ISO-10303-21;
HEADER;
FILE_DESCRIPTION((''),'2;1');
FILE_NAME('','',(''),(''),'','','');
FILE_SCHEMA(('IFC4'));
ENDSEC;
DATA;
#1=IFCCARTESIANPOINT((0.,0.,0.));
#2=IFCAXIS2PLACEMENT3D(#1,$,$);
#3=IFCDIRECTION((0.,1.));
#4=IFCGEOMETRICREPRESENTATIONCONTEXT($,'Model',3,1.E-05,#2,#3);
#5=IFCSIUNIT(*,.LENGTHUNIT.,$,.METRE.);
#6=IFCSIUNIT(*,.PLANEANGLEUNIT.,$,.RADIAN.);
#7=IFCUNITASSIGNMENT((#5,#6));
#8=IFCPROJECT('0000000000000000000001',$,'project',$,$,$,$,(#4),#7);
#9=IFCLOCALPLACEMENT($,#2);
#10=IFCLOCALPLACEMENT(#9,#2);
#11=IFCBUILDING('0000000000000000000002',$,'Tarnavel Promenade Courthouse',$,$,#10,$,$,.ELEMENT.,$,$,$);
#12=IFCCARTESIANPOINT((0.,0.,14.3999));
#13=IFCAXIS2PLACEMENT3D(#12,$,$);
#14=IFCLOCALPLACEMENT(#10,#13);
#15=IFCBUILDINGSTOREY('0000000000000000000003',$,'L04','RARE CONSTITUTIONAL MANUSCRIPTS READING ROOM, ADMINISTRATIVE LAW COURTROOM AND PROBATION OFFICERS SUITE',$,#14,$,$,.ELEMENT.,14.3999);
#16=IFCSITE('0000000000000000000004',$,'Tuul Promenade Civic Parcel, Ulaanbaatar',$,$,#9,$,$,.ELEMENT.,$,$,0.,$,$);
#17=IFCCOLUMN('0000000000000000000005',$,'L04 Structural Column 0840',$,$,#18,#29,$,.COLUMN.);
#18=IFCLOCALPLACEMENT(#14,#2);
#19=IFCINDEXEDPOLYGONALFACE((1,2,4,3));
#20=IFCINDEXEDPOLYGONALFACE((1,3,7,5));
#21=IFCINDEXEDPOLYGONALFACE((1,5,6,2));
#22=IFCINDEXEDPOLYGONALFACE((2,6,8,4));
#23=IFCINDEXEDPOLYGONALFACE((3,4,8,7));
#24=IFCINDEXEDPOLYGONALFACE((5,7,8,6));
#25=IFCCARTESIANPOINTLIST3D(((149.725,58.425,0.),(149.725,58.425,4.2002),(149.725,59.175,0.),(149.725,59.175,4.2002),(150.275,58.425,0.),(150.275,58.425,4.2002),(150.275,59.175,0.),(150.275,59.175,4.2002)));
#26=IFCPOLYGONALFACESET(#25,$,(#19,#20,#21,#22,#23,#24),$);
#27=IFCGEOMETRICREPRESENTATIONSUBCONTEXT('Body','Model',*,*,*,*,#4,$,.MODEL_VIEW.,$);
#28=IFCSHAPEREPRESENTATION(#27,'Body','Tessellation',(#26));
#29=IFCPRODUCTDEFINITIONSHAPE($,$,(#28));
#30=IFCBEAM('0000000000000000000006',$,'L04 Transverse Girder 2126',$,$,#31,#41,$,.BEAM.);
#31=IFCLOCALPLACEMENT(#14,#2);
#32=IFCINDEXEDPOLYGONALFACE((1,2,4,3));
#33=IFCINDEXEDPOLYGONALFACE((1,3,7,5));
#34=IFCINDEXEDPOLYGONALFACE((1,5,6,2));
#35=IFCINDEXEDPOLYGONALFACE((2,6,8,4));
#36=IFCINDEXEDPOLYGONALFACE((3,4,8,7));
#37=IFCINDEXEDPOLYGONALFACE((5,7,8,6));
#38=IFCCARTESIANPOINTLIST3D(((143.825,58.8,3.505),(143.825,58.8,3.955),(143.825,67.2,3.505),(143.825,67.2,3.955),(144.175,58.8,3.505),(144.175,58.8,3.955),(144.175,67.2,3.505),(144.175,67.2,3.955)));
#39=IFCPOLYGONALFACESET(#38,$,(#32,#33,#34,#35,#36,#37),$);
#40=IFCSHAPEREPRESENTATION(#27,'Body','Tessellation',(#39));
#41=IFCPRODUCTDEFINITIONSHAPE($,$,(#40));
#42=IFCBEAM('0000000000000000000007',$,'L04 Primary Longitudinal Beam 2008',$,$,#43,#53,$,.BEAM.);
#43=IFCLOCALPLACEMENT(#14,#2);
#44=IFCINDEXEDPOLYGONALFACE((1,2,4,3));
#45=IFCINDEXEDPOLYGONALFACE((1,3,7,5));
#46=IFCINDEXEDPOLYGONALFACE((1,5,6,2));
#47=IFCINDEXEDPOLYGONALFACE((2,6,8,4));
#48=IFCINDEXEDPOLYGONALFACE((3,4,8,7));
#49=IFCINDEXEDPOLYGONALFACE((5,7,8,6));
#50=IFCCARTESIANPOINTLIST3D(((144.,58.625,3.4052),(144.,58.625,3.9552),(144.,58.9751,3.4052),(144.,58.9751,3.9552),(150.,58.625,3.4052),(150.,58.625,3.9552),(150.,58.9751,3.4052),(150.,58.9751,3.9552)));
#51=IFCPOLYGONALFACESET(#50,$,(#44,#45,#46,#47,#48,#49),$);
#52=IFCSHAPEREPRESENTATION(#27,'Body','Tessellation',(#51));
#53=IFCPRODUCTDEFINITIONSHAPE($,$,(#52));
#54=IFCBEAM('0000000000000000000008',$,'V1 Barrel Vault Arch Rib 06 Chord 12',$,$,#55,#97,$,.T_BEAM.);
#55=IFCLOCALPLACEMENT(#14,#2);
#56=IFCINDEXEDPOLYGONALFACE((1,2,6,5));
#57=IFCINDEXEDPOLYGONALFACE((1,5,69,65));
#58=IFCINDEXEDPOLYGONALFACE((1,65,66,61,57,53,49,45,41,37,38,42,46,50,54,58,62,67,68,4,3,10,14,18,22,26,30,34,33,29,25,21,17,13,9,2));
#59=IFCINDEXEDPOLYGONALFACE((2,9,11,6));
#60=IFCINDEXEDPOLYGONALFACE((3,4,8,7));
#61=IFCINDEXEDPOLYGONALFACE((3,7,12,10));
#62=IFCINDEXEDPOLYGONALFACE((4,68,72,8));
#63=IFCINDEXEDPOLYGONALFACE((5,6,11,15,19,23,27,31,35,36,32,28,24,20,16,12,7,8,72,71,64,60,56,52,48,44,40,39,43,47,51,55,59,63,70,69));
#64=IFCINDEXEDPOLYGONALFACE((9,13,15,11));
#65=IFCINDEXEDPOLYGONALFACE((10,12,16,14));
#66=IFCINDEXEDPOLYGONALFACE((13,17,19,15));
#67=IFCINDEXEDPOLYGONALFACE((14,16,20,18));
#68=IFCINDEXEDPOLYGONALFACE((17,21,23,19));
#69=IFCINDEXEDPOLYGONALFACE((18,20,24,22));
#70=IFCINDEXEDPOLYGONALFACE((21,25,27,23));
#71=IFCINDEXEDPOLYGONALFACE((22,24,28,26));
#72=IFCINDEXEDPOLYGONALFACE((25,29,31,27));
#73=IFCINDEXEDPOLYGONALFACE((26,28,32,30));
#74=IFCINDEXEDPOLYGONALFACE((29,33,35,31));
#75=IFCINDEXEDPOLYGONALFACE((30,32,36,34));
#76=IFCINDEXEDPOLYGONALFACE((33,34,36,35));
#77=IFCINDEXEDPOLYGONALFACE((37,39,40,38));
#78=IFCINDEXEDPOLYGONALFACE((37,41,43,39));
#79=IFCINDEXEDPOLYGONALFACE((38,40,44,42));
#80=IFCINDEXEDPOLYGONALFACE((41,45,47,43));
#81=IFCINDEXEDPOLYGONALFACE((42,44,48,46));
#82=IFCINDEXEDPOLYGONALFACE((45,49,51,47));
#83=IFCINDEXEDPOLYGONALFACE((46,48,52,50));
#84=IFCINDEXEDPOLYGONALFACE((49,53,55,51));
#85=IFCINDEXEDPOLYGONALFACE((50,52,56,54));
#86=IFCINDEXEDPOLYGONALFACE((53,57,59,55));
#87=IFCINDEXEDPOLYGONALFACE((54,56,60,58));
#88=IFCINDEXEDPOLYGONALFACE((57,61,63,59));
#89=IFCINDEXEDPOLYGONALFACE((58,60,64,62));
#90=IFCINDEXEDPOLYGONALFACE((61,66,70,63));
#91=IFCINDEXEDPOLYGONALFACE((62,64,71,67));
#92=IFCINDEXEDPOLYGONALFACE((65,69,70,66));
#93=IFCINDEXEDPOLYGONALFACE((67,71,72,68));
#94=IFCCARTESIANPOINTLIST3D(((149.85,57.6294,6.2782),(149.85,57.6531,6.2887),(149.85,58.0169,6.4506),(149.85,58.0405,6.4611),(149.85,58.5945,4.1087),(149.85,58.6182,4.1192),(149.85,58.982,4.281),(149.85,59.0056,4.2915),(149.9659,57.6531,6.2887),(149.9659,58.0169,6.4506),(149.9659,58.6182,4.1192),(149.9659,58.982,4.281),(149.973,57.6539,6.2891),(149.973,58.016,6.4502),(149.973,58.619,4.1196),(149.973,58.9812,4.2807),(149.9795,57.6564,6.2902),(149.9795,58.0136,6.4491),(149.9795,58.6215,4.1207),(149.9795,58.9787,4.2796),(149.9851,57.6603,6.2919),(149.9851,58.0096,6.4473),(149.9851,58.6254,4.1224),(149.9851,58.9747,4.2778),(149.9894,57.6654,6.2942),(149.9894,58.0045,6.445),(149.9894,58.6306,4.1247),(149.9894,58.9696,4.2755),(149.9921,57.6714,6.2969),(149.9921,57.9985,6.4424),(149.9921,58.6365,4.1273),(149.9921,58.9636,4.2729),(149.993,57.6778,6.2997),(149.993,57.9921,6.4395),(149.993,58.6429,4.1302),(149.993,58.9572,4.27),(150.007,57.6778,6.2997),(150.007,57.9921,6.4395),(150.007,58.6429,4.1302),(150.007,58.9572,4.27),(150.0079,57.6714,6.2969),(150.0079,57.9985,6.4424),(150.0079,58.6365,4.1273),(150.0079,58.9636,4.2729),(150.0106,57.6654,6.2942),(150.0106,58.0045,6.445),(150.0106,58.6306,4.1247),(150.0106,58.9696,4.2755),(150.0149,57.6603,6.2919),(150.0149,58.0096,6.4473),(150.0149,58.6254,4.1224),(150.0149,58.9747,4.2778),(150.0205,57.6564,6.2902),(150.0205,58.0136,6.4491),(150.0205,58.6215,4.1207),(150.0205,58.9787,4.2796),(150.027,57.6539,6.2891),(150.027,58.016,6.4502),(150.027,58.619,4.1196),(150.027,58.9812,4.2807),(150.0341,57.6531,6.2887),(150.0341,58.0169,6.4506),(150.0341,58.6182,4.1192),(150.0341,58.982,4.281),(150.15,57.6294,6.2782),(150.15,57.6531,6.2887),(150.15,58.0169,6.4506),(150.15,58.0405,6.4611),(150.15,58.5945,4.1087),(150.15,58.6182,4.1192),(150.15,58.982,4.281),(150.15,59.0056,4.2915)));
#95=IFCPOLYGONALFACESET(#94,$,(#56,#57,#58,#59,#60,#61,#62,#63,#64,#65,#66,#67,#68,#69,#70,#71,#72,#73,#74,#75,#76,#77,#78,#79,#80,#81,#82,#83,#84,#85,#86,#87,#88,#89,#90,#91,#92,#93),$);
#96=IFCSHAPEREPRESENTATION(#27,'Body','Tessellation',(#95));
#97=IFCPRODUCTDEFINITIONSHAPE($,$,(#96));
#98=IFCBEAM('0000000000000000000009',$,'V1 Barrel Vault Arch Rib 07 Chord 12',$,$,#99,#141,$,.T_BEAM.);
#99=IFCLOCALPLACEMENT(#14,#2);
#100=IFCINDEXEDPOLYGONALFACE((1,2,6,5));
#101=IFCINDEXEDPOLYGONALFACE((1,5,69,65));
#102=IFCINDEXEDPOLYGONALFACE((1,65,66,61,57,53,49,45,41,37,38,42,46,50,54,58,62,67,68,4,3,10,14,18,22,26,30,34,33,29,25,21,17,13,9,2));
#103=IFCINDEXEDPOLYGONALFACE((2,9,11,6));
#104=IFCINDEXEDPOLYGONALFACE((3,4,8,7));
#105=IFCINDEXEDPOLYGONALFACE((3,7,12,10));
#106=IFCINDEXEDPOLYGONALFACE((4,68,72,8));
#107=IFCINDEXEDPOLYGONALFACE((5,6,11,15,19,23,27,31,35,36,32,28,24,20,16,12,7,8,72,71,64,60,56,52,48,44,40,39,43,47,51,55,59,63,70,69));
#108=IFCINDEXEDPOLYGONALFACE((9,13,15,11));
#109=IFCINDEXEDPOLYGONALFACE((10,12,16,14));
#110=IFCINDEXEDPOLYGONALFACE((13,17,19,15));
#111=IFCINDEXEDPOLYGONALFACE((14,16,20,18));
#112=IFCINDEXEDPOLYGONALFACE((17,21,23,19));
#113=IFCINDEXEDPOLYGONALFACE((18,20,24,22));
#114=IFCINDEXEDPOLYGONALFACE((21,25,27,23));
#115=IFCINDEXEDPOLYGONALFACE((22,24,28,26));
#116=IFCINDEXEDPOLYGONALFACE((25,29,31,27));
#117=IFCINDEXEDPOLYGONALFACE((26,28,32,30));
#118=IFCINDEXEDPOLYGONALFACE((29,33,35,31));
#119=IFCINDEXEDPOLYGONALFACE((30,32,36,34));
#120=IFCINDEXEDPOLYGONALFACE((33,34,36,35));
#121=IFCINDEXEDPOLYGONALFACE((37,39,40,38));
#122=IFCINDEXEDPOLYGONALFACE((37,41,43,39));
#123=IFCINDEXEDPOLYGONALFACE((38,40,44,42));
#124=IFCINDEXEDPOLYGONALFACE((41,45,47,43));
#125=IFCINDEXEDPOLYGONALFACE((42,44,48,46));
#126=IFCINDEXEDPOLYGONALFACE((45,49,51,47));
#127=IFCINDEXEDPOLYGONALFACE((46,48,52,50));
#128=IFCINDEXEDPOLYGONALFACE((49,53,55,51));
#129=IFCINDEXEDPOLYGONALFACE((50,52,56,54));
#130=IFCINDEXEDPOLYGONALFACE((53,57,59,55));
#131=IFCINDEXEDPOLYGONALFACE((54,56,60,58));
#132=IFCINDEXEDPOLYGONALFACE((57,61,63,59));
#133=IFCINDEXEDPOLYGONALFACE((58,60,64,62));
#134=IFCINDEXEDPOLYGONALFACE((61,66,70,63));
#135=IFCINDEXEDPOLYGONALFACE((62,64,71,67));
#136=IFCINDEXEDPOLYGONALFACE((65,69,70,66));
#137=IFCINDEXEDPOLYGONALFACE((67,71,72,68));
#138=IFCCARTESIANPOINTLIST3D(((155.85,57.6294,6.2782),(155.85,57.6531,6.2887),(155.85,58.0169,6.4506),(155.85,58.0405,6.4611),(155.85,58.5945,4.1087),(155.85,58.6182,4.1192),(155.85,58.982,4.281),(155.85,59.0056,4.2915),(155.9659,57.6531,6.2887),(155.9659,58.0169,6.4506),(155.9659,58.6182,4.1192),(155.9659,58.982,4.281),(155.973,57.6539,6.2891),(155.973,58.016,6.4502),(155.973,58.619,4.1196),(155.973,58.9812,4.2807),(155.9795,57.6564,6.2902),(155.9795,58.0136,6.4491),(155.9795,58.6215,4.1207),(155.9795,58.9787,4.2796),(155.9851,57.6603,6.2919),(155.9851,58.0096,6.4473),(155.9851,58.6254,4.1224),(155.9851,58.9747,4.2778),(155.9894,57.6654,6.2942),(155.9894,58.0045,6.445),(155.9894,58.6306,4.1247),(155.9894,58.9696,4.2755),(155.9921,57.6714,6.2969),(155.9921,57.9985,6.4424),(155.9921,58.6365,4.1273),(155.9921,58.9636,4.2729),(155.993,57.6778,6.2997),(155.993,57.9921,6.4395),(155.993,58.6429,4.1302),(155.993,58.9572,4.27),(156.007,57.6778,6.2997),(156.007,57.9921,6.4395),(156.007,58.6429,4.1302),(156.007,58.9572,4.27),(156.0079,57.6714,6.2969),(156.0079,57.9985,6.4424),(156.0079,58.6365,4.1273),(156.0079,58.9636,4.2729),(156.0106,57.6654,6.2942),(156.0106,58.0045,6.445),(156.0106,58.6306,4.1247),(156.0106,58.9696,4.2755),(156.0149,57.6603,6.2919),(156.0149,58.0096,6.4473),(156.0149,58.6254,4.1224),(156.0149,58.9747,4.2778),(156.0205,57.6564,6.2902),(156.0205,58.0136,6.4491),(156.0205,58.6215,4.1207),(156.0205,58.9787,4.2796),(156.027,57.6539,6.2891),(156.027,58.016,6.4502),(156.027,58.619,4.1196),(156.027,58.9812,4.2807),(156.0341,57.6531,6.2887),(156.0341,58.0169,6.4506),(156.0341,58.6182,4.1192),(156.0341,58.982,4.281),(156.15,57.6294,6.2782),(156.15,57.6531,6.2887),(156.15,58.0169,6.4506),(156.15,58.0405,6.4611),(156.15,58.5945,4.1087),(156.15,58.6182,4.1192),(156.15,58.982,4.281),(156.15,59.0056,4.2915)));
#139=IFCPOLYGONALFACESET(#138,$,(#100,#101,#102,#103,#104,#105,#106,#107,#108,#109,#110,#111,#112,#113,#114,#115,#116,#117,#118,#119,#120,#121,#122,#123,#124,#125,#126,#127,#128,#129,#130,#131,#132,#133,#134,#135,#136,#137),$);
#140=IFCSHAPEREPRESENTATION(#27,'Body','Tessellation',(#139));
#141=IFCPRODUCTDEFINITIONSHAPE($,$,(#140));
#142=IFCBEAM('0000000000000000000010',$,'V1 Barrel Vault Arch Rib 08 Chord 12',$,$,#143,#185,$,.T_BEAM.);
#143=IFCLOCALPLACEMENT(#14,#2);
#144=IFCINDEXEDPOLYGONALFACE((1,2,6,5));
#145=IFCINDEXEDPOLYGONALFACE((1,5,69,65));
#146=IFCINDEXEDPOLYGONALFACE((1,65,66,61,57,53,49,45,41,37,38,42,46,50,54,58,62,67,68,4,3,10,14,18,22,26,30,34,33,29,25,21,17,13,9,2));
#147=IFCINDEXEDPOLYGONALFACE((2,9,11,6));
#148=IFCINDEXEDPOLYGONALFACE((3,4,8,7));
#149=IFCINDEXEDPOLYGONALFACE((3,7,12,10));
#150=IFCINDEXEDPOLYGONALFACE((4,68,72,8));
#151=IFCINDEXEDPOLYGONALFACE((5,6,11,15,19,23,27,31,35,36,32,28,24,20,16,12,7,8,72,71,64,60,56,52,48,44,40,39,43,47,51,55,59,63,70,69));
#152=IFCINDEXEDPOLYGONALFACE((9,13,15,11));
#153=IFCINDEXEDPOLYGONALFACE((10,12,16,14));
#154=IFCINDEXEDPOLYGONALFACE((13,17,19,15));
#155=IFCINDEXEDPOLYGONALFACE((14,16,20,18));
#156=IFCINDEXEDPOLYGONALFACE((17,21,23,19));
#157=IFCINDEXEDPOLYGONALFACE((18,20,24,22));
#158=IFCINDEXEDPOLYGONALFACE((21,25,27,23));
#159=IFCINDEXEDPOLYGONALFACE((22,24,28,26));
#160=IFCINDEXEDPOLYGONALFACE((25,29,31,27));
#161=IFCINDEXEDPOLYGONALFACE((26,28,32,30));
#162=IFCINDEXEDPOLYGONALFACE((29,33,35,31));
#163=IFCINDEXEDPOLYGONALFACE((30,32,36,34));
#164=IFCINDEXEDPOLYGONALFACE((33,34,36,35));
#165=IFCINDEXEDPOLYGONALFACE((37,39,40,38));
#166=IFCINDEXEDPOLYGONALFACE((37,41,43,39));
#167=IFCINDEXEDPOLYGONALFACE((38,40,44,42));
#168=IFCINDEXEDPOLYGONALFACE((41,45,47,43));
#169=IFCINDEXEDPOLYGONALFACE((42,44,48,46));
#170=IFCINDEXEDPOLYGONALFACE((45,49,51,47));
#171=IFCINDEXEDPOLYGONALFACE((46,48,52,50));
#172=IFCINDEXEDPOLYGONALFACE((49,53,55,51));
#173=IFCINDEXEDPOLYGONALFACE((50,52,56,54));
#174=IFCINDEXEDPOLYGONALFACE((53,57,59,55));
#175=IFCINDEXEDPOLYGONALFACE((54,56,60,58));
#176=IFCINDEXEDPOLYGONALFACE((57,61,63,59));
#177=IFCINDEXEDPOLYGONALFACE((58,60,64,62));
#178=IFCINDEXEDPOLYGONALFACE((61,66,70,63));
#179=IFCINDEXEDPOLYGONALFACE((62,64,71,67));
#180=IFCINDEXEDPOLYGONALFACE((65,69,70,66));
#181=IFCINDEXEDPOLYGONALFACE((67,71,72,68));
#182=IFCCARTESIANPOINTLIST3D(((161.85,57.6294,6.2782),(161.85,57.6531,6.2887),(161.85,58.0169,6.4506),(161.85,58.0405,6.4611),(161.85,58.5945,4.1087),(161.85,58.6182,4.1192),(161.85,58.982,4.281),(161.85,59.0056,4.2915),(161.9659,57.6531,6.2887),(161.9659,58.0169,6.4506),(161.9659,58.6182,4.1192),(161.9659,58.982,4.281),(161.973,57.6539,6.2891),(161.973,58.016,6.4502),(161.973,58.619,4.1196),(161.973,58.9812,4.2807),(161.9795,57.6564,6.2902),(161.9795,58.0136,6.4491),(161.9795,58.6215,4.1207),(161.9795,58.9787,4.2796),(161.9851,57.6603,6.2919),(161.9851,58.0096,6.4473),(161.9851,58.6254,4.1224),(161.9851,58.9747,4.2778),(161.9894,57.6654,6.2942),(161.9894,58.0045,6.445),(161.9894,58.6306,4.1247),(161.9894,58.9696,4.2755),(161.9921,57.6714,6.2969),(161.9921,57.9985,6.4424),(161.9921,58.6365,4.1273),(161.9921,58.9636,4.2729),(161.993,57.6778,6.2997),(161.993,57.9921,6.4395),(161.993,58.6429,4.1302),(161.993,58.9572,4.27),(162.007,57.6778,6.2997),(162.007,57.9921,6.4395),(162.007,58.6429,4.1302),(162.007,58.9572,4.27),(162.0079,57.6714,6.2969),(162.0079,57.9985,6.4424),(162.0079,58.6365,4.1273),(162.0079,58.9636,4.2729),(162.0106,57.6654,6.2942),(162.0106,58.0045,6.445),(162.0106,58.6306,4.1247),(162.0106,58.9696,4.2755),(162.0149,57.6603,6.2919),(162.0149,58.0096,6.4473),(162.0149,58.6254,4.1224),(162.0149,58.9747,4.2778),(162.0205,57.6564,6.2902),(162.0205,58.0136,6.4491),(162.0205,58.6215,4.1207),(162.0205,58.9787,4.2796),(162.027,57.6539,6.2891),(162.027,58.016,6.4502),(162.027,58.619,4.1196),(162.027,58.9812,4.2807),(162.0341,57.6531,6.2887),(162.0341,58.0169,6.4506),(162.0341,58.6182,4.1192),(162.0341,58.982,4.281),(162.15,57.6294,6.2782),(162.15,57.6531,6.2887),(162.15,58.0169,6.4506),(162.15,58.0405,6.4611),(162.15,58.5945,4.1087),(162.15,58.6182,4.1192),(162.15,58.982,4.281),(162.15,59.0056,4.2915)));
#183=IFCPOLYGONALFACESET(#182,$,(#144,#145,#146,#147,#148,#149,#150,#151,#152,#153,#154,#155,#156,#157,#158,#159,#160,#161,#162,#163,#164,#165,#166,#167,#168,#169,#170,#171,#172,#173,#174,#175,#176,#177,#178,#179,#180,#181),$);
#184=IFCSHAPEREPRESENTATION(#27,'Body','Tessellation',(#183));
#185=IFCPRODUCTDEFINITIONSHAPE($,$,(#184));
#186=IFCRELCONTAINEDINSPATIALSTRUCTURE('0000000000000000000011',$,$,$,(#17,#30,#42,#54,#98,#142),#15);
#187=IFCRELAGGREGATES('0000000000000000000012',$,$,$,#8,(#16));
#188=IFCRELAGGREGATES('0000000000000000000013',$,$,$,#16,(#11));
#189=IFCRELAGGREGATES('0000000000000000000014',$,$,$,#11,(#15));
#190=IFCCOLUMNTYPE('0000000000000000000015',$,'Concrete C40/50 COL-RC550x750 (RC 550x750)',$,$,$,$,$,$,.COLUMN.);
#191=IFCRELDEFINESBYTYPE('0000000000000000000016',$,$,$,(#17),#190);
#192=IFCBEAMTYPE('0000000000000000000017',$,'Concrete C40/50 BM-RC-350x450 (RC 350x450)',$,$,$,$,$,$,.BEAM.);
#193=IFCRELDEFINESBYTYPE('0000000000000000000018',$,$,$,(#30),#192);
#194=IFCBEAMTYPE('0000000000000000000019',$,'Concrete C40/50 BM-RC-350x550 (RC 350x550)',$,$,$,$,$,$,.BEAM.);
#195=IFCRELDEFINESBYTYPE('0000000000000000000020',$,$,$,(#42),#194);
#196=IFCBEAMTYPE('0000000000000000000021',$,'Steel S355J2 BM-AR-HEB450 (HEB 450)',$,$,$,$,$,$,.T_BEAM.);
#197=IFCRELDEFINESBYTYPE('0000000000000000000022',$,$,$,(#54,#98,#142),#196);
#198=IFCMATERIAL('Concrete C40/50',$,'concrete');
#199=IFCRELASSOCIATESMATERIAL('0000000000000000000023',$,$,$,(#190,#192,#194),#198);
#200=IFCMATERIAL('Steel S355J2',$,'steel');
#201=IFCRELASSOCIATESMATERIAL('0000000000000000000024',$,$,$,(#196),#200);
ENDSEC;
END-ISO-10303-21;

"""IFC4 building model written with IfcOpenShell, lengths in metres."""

from ifc_helpers import new_model, si_unit, direction, frame, origin, origin_2d, place, context, subcontext, project, spatial, rectangle, i_section, extrude, material, material_profile, profile_set, type_object, element, save


model = new_model("IFC4")

# Units and contexts
model_context = context("Model", 3, precision=1e-05, world=origin(), true_north=direction((0.0, 1.0)))
body_context = subcontext(model_context, "Body", "Model", "MODEL_VIEW")
ifc_project = project(units=[si_unit("LENGTHUNIT", "METRE"), si_unit("PLANEANGLEUNIT", "RADIAN")], contexts=[model_context])

# Site, building, storey
site_placement = place(None, origin())
site = spatial("IfcSite", under=ifc_project, at=site_placement, Name="Tuul Promenade Civic Parcel, Ulaanbaatar", CompositionType="ELEMENT", RefElevation=0.0)
building_placement = place(site_placement, origin())
building = spatial("IfcBuilding", under=site, at=building_placement, Name="Tarnavel Promenade Courthouse", CompositionType="ELEMENT")
storey_placement = place(building_placement, frame((0.0, 0.0, 14.3999)))
storey = spatial("IfcBuildingStorey", under=building, at=storey_placement, Name="L04", Description="RARE CONSTITUTIONAL MANUSCRIPTS READING ROOM, ADMINISTRATIVE LAW COURTROOM AND PROBATION OFFICERS SUITE", CompositionType="ELEMENT", Elevation=14.3999)

# Column
ifc_material_1 = material(Name="Concrete C40/50", Category="concrete")
ifc_material_profile_1 = material_profile(ifc_material_1, rectangle(XDim=0.55, YDim=0.75, at=origin_2d()), Name="RC 550x750")
ifc_profile_set_1 = profile_set([ifc_material_profile_1], Name="Concrete C40/50")
column_type = type_object("IfcColumnType", Name="Concrete C40/50 COL-RC550x750 (RC 550x750)", PredefinedType="COLUMN", material=ifc_profile_set_1)
column_placement = place(storey_placement, frame((150.0, 58.8, 0.0), z_axis=(0.0, 0.0, 1.0), x_axis=(1.0, 0.0, 0.0)))
element("IfcColumn", 1, at=column_placement, inside=storey, type_object=column_type, Name="L04 Structural Column 0840", PredefinedType="COLUMN", context=body_context, shape_type="SweptSolid", body=[
    extrude(rectangle(XDim=0.55, YDim=0.75, at=origin_2d()), origin(), (0.0, 0.0, 1.0), 4.2002),
])

# Beams
ifc_material_profile_2 = material_profile(ifc_material_1, rectangle(XDim=0.3501, YDim=0.45, at=origin_2d()), Name="RC 350x450")
ifc_profile_set_2 = profile_set([ifc_material_profile_2], Name="Concrete C40/50")
beam_type_1 = type_object("IfcBeamType", Name="Concrete C40/50 BM-RC-350x450 (RC 350x450)", PredefinedType="BEAM", material=ifc_profile_set_2)
beam_1_placement = place(storey_placement, frame((144.0, 58.8, 3.73), z_axis=(0.0, 1.0, 0.0), x_axis=(-1.0, 0.0, 0.0)))
element("IfcBeam", 2, at=beam_1_placement, inside=storey, type_object=beam_type_1, Name="L04 Transverse Girder 2126", PredefinedType="BEAM", context=body_context, shape_type="SweptSolid", body=[
    extrude(rectangle(XDim=0.3501, YDim=0.45, at=origin_2d()), origin(), (0.0, 0.0, 1.0), 8.3999),
])
ifc_material_profile_3 = material_profile(ifc_material_1, rectangle(XDim=0.3501, YDim=0.55, at=origin_2d()), Name="RC 350x550")
ifc_profile_set_3 = profile_set([ifc_material_profile_3], Name="Concrete C40/50")
beam_type_2 = type_object("IfcBeamType", Name="Concrete C40/50 BM-RC-350x550 (RC 350x550)", PredefinedType="BEAM", material=ifc_profile_set_3)
beam_2_placement = place(storey_placement, frame((144.0, 58.8, 3.6802), z_axis=(1.0, 0.0, 0.0), x_axis=(0.0, 1.0, 0.0)))
element("IfcBeam", 3, at=beam_2_placement, inside=storey, type_object=beam_type_2, Name="L04 Primary Longitudinal Beam 2008", PredefinedType="BEAM", context=body_context, shape_type="SweptSolid", body=[
    extrude(rectangle(XDim=0.3501, YDim=0.55, at=origin_2d()), origin(), (0.0, 0.0, 1.0), 6.0),
])
ifc_material_2 = material(Name="Steel S355J2", Category="steel")
ifc_material_profile_4 = material_profile(ifc_material_2, i_section(OverallWidth=0.3, OverallDepth=0.45, WebThickness=0.0139, FlangeThickness=0.0259, FilletRadius=0.0271, at=origin_2d()), Name="HEB 450")
ifc_profile_set_4 = profile_set([ifc_material_profile_4], Name="Steel S355J2")
beam_type_3 = type_object("IfcBeamType", Name="Steel S355J2 BM-AR-HEB450 (HEB 450)", PredefinedType="T_BEAM", material=ifc_profile_set_4)
for number, where, z_axis, x_axis, name in (
    (4, (150.0, 57.835, 6.3696), (0.0, 0.406453, -0.913672), (-1.0, 0.0, 0.0), "V1 Barrel Vault Arch Rib 06 Chord 12"),
    (5, (156.0, 57.835, 6.3696), (0.0, 0.406453, -0.913672), (-1.0, 0.0, 0.0), "V1 Barrel Vault Arch Rib 07 Chord 12"),
    (6, (162.0, 57.835, 6.3696), (0.0, 0.406453, -0.913672), (-1.0, 0.0, 0.0), "V1 Barrel Vault Arch Rib 08 Chord 12"),
):
    element("IfcBeam", number, at=place(storey_placement, frame(where, z_axis=z_axis, x_axis=x_axis)), inside=storey, type_object=beam_type_3, Name=name, PredefinedType="T_BEAM", context=body_context, shape_type="SweptSolid", body=[
        extrude(i_section(OverallWidth=0.3, OverallDepth=0.45, WebThickness=0.0139, FlangeThickness=0.0259, FilletRadius=0.0271, at=origin_2d()), origin(), (0.0, 0.0, 1.0), 2.3745),
    ])

save(model, "model.ifc")
